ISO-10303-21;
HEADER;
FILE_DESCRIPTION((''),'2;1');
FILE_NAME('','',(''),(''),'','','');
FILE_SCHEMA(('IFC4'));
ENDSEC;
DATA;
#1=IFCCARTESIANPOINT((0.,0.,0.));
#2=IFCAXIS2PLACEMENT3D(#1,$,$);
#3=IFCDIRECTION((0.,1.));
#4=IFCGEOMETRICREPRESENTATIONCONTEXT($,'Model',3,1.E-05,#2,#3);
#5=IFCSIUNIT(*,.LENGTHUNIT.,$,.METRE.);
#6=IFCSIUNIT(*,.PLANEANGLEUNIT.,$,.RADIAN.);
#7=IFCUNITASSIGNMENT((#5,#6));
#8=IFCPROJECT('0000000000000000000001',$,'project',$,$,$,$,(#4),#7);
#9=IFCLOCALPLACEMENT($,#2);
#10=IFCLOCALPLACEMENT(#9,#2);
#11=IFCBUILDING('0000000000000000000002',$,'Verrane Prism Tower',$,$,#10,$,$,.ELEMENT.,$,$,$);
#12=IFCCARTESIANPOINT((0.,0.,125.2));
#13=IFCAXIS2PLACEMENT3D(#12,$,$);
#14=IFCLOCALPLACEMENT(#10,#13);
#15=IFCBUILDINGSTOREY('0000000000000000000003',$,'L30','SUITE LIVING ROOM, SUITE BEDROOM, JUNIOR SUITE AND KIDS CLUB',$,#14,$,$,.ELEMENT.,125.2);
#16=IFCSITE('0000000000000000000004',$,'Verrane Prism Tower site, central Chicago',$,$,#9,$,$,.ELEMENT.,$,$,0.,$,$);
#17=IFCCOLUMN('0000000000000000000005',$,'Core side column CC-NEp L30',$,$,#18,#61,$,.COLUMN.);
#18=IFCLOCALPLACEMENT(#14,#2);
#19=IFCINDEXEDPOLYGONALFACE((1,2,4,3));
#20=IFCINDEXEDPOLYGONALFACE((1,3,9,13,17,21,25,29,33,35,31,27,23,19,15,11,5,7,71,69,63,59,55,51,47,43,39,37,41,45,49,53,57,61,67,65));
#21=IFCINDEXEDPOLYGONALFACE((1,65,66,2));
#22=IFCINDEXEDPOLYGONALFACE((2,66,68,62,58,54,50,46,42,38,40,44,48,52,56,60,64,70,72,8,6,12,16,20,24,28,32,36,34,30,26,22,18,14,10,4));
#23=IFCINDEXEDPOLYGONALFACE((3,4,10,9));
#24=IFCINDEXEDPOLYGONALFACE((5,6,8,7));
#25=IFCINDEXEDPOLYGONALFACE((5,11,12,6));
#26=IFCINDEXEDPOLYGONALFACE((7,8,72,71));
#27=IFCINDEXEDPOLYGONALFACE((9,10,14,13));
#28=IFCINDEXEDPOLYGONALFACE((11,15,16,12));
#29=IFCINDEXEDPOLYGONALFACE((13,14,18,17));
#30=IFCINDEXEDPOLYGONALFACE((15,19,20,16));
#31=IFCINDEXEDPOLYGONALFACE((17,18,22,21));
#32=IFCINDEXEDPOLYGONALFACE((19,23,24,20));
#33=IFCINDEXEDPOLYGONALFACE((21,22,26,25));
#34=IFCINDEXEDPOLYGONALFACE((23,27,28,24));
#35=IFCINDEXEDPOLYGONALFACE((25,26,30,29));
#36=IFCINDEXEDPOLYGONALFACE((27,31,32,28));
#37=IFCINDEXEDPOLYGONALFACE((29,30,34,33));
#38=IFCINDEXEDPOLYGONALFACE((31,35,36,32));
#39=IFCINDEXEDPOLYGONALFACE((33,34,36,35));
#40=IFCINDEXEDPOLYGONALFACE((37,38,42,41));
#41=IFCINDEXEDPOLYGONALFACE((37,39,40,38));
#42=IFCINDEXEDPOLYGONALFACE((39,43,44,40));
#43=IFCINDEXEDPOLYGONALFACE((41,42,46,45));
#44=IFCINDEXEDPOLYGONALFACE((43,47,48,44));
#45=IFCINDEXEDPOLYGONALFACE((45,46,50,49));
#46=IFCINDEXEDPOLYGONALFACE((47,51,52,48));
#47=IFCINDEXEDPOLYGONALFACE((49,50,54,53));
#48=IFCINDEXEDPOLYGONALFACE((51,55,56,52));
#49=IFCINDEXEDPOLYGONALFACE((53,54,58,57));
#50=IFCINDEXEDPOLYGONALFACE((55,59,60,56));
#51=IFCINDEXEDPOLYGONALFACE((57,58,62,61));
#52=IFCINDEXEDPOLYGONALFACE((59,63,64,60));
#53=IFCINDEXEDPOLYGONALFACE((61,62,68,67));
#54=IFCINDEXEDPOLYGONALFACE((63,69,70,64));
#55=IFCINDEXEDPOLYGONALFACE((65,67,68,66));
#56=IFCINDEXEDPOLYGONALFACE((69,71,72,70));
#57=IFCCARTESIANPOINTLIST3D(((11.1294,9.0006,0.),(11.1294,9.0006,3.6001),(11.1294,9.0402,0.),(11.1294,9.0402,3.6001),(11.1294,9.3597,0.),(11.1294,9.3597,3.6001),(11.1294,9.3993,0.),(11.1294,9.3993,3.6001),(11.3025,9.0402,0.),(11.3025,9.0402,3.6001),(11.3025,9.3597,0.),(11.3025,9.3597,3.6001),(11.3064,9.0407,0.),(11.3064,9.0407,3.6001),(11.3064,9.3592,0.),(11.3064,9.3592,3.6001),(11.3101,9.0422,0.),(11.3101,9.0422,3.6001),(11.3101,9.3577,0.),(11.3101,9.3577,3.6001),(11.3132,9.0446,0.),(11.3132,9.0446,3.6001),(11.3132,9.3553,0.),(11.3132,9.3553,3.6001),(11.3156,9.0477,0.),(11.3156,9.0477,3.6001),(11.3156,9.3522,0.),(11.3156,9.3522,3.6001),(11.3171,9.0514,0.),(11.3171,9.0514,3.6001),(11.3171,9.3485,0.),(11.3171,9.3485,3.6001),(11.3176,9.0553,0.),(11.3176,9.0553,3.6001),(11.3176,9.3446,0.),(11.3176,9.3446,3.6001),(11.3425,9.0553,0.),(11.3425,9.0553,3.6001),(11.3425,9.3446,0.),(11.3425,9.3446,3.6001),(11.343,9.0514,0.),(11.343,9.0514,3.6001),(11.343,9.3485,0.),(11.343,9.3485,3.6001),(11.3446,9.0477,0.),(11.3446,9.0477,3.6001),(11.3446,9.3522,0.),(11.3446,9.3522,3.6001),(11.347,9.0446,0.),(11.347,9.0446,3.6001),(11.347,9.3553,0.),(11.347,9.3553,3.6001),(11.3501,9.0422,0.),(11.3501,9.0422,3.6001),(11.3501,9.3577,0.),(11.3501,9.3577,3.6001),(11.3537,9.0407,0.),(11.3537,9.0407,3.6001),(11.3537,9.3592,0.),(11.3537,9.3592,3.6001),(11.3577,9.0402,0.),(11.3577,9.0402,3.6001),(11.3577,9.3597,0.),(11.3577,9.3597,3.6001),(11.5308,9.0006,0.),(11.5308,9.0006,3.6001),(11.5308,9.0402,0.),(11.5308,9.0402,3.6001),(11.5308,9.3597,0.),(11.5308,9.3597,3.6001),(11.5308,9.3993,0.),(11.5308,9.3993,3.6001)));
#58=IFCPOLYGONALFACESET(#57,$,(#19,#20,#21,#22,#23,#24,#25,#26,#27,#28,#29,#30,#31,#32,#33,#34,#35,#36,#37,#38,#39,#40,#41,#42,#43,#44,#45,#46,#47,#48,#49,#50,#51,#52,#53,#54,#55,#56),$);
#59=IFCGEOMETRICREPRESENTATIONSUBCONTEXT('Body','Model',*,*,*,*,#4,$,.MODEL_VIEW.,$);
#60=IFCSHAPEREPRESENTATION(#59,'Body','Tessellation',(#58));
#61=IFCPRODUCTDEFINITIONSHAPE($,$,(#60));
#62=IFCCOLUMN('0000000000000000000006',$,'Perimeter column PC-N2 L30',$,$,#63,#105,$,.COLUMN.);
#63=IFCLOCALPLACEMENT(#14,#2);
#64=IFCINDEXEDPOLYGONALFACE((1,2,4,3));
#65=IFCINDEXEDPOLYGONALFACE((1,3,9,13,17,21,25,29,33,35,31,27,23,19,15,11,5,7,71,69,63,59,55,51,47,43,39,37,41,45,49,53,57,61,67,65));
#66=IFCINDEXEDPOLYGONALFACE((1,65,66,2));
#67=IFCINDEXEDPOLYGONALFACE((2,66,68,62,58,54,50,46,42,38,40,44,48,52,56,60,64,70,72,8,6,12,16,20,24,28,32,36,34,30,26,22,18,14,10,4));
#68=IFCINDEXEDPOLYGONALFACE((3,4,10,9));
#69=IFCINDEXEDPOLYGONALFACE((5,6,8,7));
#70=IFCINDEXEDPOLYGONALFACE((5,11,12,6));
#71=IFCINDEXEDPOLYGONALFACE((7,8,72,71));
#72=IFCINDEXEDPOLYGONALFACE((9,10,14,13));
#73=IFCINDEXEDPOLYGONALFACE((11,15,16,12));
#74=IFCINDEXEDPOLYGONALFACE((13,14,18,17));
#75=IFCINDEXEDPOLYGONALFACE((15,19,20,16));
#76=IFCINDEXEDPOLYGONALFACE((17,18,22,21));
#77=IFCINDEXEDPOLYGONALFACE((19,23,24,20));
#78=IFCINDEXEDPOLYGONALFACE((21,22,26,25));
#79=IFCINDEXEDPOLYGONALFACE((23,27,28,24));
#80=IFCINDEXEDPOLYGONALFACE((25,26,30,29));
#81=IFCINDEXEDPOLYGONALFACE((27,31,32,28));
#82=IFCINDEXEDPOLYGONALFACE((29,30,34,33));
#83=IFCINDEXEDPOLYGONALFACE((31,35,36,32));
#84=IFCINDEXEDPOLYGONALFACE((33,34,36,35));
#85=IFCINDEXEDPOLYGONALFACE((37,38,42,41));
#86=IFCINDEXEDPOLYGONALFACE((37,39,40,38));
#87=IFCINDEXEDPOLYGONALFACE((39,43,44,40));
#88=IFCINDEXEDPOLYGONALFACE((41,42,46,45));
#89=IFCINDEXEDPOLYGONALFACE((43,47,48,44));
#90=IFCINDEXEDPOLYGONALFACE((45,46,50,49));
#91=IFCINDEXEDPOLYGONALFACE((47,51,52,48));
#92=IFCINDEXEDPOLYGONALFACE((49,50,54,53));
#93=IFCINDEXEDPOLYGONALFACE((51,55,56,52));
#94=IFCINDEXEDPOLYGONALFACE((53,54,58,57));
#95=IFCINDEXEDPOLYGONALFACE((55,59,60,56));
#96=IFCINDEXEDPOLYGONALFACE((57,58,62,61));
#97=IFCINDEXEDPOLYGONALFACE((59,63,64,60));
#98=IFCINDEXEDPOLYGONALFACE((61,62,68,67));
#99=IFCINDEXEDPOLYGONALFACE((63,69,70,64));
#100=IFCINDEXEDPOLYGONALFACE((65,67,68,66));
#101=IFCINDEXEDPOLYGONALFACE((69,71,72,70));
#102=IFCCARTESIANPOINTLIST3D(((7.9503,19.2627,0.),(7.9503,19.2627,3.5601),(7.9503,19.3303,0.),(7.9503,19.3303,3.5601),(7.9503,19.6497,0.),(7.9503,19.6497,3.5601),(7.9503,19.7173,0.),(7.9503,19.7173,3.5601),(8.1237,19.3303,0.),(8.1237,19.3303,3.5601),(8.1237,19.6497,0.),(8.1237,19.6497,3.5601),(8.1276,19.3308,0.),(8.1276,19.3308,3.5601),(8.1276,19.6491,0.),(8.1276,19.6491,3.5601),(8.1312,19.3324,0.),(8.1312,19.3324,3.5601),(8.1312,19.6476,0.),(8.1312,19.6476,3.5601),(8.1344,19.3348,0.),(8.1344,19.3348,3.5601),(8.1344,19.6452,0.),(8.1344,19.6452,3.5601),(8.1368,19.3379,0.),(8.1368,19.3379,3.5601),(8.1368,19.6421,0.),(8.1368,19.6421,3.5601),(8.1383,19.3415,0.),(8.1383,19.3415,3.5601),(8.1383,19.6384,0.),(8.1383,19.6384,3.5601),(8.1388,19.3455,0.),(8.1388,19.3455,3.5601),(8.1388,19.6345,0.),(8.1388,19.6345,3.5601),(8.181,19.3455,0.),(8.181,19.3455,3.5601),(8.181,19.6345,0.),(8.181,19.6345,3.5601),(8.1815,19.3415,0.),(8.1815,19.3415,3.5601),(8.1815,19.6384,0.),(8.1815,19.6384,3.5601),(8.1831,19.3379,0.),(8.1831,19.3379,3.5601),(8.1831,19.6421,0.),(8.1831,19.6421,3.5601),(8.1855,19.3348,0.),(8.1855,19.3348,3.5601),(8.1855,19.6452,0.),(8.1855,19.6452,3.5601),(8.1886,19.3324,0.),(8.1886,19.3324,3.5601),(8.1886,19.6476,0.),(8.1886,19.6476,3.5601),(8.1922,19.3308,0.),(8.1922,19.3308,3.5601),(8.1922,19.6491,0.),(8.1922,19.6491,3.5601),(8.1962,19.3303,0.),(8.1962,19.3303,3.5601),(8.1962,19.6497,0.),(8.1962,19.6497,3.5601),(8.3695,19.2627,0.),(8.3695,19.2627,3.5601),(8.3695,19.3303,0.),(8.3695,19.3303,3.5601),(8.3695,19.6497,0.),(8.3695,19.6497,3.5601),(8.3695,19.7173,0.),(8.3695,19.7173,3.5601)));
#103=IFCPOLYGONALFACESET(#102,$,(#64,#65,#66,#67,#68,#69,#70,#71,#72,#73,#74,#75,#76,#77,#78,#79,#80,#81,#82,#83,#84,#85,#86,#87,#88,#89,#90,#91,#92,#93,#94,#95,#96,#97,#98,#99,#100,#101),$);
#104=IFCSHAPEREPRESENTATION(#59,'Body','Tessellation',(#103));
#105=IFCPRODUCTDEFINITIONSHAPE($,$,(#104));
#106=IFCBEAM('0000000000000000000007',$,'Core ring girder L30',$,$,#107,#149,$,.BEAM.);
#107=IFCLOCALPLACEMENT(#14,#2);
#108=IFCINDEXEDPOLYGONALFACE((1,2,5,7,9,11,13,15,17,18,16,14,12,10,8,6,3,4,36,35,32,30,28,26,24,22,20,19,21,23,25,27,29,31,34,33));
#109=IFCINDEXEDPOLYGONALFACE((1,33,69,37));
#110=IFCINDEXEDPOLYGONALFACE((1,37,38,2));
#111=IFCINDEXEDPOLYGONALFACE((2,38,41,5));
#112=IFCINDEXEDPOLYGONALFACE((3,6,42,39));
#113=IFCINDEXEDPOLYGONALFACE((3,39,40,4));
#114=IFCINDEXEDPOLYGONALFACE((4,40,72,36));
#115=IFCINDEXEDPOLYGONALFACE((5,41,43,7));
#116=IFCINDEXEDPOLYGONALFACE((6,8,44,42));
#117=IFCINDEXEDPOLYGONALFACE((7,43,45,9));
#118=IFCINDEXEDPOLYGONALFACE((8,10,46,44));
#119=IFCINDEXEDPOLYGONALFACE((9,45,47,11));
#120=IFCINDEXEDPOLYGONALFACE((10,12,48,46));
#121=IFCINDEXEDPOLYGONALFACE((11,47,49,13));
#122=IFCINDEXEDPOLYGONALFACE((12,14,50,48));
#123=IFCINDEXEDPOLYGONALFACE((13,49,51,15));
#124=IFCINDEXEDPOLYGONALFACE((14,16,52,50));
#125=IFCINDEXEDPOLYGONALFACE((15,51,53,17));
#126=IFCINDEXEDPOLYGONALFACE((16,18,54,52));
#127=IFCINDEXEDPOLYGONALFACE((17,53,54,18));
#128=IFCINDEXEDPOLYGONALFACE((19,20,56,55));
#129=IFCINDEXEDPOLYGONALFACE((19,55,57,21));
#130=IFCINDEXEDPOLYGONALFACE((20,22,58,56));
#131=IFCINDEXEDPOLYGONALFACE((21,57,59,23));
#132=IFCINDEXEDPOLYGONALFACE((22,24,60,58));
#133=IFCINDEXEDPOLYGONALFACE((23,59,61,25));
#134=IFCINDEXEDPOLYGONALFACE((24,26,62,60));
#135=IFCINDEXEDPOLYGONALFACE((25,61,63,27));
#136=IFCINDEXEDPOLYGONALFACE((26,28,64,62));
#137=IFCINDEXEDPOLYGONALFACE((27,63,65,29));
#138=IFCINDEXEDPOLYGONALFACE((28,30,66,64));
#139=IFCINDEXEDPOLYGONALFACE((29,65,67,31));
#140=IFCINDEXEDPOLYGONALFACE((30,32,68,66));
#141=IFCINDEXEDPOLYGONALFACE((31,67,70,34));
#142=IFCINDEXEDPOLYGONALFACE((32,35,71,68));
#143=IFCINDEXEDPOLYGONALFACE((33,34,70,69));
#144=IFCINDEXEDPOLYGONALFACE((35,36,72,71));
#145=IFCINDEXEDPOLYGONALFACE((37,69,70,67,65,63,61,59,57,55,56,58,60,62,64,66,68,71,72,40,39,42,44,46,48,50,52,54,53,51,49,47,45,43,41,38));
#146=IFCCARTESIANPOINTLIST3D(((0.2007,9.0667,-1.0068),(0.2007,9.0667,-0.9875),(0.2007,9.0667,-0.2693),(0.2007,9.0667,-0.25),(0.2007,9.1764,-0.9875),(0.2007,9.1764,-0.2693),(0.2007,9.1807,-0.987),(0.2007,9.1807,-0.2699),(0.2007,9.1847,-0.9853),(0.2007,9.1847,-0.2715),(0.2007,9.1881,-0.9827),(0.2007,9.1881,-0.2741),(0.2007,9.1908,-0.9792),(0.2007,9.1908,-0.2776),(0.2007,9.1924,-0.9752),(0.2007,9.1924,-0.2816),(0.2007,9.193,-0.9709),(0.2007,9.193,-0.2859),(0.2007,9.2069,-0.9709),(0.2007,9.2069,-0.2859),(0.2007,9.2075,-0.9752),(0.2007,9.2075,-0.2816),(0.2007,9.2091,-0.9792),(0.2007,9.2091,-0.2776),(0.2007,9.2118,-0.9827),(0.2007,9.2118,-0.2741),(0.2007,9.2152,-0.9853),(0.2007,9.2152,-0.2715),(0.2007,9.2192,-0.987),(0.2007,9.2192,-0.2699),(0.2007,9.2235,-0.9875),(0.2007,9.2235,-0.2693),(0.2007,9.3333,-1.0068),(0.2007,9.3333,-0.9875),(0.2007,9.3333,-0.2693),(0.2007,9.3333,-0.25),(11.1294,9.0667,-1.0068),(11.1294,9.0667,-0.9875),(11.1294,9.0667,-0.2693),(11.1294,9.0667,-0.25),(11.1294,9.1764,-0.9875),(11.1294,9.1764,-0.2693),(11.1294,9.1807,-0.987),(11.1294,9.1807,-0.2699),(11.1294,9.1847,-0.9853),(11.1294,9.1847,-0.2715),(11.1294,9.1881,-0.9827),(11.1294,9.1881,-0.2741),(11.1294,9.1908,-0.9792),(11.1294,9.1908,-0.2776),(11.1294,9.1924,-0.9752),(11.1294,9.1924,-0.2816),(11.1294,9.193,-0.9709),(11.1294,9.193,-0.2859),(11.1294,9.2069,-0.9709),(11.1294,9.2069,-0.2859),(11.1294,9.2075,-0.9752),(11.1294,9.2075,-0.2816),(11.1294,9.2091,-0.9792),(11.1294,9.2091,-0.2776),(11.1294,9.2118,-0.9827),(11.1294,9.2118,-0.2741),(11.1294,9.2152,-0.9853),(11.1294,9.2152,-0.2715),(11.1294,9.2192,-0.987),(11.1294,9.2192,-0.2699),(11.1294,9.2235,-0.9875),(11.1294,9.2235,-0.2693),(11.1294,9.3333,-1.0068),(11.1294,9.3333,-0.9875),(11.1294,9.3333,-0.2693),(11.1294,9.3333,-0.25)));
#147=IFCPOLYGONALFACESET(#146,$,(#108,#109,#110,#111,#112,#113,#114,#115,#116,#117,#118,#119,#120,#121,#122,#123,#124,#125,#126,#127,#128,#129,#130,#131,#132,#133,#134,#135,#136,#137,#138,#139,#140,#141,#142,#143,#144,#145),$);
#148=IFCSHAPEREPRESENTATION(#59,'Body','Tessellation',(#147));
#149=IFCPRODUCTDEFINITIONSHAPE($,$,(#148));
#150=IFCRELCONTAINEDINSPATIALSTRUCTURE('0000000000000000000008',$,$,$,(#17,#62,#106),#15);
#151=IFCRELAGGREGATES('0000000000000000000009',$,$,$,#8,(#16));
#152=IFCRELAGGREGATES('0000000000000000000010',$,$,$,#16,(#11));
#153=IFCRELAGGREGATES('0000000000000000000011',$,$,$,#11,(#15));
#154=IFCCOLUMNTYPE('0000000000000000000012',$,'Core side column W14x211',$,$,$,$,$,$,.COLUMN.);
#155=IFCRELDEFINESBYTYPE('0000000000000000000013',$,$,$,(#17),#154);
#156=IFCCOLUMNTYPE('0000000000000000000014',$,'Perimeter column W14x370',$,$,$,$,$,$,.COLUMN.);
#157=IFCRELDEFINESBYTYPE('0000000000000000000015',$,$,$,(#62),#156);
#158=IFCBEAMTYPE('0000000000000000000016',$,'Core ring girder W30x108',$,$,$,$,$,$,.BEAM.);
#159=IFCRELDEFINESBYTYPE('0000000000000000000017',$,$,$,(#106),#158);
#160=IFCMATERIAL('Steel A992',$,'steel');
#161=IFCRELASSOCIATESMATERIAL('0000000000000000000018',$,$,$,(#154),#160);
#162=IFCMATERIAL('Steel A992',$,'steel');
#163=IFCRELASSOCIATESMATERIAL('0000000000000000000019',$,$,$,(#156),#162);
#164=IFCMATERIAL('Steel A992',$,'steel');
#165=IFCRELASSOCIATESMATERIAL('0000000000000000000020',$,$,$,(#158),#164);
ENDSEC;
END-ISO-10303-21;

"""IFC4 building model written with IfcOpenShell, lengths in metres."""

from ifc_helpers import new_model, si_unit, direction, frame, origin, origin_2d, place, context, subcontext, project, spatial, i_section, extrude, material, material_profile, profile_set, type_object, element, save


model = new_model("IFC4")

# Units and contexts
model_context = context("Model", 3, precision=1e-05, world=origin(), true_north=direction((0.0, 1.0)))
body_context = subcontext(model_context, "Body", "Model", "MODEL_VIEW")
ifc_project = project(units=[si_unit("LENGTHUNIT", "METRE"), si_unit("PLANEANGLEUNIT", "RADIAN")], contexts=[model_context])

# Site, building, storey
site_placement = place(None, origin())
site = spatial("IfcSite", under=ifc_project, at=site_placement, Name="Verrane Prism Tower site, central Chicago", CompositionType="ELEMENT", RefElevation=0.0)
building_placement = place(site_placement, origin())
building = spatial("IfcBuilding", under=site, at=building_placement, Name="Verrane Prism Tower", CompositionType="ELEMENT")
storey_placement = place(building_placement, frame((0.0, 0.0, 125.2)))
storey = spatial("IfcBuildingStorey", under=building, at=storey_placement, Name="L30", Description="SUITE LIVING ROOM, SUITE BEDROOM, JUNIOR SUITE AND KIDS CLUB", CompositionType="ELEMENT", Elevation=125.2)

# Columns
ifc_material_1 = material(Name="Steel A992", Category="steel")
ifc_material_profile_1 = material_profile(ifc_material_1, i_section(OverallWidth=0.4014, OverallDepth=0.3987, WebThickness=0.0249, FlangeThickness=0.0396, FilletRadius=0.0151, at=origin_2d()), Name="W14x211")
ifc_profile_set_1 = profile_set([ifc_material_profile_1], Name="Steel A992")
column_type_1 = type_object("IfcColumnType", Name="Core side column W14x211", PredefinedType="COLUMN", material=ifc_profile_set_1)
column_1_placement = place(storey_placement, frame((11.3301, 9.2, 0.0), z_axis=(0.0, 0.0, 1.0), x_axis=(1.0, 0.0, 0.0)))
element("IfcColumn", 1, at=column_1_placement, inside=storey, type_object=column_type_1, Name="Core side column CC-NEp L30", PredefinedType="COLUMN", context=body_context, shape_type="SweptSolid", body=[
    extrude(i_section(OverallWidth=0.4014, OverallDepth=0.3987, WebThickness=0.0249, FlangeThickness=0.0396, FilletRadius=0.0151, at=origin_2d()), origin(), (0.0, 0.0, 1.0), 3.6001),
])
ifc_material_2 = material(Name="Steel A992", Category="steel")
ifc_material_profile_2 = material_profile(ifc_material_2, i_section(OverallWidth=0.4192, OverallDepth=0.4546, WebThickness=0.0422, FlangeThickness=0.0676, FilletRadius=0.0151, at=origin_2d()), Name="W14x370")
ifc_profile_set_2 = profile_set([ifc_material_profile_2], Name="Steel A992")
column_type_2 = type_object("IfcColumnType", Name="Perimeter column W14x370", PredefinedType="COLUMN", material=ifc_profile_set_2)
column_2_placement = place(storey_placement, frame((8.1599, 19.49, 0.0), z_axis=(0.0, 0.0, 1.0), x_axis=(1.0, 0.0, 0.0)))
element("IfcColumn", 2, at=column_2_placement, inside=storey, type_object=column_type_2, Name="Perimeter column PC-N2 L30", PredefinedType="COLUMN", context=body_context, shape_type="SweptSolid", body=[
    extrude(i_section(OverallWidth=0.4192, OverallDepth=0.4546, WebThickness=0.0422, FlangeThickness=0.0676, FilletRadius=0.0151, at=origin_2d()), origin(), (0.0, 0.0, 1.0), 3.5601),
])

# Beam
ifc_material_3 = material(Name="Steel A992", Category="steel")
ifc_material_profile_3 = material_profile(ifc_material_3, i_section(OverallWidth=0.2666, OverallDepth=0.7568, WebThickness=0.0139, FlangeThickness=0.0193, FilletRadius=0.0166, at=origin_2d()), Name="W30x108")
ifc_profile_set_3 = profile_set([ifc_material_profile_3], Name="Steel A992")
beam_type_1 = type_object("IfcBeamType", Name="Core ring girder W30x108", PredefinedType="BEAM", material=ifc_profile_set_3)
beam_1_placement = place(storey_placement, frame((11.1294, 9.2, -0.6284), z_axis=(-1.0, 0.0, 0.0), x_axis=(0.0, -1.0, 0.0)))
element("IfcBeam", 3, at=beam_1_placement, inside=storey, type_object=beam_type_1, Name="Core ring girder L30", PredefinedType="BEAM", context=body_context, shape_type="SweptSolid", body=[
    extrude(i_section(OverallWidth=0.2666, OverallDepth=0.7568, WebThickness=0.0139, FlangeThickness=0.0193, FilletRadius=0.0166, at=origin_2d()), origin(), (0.0, 0.0, 1.0), 10.9287),
])

save(model, "model.ifc")
